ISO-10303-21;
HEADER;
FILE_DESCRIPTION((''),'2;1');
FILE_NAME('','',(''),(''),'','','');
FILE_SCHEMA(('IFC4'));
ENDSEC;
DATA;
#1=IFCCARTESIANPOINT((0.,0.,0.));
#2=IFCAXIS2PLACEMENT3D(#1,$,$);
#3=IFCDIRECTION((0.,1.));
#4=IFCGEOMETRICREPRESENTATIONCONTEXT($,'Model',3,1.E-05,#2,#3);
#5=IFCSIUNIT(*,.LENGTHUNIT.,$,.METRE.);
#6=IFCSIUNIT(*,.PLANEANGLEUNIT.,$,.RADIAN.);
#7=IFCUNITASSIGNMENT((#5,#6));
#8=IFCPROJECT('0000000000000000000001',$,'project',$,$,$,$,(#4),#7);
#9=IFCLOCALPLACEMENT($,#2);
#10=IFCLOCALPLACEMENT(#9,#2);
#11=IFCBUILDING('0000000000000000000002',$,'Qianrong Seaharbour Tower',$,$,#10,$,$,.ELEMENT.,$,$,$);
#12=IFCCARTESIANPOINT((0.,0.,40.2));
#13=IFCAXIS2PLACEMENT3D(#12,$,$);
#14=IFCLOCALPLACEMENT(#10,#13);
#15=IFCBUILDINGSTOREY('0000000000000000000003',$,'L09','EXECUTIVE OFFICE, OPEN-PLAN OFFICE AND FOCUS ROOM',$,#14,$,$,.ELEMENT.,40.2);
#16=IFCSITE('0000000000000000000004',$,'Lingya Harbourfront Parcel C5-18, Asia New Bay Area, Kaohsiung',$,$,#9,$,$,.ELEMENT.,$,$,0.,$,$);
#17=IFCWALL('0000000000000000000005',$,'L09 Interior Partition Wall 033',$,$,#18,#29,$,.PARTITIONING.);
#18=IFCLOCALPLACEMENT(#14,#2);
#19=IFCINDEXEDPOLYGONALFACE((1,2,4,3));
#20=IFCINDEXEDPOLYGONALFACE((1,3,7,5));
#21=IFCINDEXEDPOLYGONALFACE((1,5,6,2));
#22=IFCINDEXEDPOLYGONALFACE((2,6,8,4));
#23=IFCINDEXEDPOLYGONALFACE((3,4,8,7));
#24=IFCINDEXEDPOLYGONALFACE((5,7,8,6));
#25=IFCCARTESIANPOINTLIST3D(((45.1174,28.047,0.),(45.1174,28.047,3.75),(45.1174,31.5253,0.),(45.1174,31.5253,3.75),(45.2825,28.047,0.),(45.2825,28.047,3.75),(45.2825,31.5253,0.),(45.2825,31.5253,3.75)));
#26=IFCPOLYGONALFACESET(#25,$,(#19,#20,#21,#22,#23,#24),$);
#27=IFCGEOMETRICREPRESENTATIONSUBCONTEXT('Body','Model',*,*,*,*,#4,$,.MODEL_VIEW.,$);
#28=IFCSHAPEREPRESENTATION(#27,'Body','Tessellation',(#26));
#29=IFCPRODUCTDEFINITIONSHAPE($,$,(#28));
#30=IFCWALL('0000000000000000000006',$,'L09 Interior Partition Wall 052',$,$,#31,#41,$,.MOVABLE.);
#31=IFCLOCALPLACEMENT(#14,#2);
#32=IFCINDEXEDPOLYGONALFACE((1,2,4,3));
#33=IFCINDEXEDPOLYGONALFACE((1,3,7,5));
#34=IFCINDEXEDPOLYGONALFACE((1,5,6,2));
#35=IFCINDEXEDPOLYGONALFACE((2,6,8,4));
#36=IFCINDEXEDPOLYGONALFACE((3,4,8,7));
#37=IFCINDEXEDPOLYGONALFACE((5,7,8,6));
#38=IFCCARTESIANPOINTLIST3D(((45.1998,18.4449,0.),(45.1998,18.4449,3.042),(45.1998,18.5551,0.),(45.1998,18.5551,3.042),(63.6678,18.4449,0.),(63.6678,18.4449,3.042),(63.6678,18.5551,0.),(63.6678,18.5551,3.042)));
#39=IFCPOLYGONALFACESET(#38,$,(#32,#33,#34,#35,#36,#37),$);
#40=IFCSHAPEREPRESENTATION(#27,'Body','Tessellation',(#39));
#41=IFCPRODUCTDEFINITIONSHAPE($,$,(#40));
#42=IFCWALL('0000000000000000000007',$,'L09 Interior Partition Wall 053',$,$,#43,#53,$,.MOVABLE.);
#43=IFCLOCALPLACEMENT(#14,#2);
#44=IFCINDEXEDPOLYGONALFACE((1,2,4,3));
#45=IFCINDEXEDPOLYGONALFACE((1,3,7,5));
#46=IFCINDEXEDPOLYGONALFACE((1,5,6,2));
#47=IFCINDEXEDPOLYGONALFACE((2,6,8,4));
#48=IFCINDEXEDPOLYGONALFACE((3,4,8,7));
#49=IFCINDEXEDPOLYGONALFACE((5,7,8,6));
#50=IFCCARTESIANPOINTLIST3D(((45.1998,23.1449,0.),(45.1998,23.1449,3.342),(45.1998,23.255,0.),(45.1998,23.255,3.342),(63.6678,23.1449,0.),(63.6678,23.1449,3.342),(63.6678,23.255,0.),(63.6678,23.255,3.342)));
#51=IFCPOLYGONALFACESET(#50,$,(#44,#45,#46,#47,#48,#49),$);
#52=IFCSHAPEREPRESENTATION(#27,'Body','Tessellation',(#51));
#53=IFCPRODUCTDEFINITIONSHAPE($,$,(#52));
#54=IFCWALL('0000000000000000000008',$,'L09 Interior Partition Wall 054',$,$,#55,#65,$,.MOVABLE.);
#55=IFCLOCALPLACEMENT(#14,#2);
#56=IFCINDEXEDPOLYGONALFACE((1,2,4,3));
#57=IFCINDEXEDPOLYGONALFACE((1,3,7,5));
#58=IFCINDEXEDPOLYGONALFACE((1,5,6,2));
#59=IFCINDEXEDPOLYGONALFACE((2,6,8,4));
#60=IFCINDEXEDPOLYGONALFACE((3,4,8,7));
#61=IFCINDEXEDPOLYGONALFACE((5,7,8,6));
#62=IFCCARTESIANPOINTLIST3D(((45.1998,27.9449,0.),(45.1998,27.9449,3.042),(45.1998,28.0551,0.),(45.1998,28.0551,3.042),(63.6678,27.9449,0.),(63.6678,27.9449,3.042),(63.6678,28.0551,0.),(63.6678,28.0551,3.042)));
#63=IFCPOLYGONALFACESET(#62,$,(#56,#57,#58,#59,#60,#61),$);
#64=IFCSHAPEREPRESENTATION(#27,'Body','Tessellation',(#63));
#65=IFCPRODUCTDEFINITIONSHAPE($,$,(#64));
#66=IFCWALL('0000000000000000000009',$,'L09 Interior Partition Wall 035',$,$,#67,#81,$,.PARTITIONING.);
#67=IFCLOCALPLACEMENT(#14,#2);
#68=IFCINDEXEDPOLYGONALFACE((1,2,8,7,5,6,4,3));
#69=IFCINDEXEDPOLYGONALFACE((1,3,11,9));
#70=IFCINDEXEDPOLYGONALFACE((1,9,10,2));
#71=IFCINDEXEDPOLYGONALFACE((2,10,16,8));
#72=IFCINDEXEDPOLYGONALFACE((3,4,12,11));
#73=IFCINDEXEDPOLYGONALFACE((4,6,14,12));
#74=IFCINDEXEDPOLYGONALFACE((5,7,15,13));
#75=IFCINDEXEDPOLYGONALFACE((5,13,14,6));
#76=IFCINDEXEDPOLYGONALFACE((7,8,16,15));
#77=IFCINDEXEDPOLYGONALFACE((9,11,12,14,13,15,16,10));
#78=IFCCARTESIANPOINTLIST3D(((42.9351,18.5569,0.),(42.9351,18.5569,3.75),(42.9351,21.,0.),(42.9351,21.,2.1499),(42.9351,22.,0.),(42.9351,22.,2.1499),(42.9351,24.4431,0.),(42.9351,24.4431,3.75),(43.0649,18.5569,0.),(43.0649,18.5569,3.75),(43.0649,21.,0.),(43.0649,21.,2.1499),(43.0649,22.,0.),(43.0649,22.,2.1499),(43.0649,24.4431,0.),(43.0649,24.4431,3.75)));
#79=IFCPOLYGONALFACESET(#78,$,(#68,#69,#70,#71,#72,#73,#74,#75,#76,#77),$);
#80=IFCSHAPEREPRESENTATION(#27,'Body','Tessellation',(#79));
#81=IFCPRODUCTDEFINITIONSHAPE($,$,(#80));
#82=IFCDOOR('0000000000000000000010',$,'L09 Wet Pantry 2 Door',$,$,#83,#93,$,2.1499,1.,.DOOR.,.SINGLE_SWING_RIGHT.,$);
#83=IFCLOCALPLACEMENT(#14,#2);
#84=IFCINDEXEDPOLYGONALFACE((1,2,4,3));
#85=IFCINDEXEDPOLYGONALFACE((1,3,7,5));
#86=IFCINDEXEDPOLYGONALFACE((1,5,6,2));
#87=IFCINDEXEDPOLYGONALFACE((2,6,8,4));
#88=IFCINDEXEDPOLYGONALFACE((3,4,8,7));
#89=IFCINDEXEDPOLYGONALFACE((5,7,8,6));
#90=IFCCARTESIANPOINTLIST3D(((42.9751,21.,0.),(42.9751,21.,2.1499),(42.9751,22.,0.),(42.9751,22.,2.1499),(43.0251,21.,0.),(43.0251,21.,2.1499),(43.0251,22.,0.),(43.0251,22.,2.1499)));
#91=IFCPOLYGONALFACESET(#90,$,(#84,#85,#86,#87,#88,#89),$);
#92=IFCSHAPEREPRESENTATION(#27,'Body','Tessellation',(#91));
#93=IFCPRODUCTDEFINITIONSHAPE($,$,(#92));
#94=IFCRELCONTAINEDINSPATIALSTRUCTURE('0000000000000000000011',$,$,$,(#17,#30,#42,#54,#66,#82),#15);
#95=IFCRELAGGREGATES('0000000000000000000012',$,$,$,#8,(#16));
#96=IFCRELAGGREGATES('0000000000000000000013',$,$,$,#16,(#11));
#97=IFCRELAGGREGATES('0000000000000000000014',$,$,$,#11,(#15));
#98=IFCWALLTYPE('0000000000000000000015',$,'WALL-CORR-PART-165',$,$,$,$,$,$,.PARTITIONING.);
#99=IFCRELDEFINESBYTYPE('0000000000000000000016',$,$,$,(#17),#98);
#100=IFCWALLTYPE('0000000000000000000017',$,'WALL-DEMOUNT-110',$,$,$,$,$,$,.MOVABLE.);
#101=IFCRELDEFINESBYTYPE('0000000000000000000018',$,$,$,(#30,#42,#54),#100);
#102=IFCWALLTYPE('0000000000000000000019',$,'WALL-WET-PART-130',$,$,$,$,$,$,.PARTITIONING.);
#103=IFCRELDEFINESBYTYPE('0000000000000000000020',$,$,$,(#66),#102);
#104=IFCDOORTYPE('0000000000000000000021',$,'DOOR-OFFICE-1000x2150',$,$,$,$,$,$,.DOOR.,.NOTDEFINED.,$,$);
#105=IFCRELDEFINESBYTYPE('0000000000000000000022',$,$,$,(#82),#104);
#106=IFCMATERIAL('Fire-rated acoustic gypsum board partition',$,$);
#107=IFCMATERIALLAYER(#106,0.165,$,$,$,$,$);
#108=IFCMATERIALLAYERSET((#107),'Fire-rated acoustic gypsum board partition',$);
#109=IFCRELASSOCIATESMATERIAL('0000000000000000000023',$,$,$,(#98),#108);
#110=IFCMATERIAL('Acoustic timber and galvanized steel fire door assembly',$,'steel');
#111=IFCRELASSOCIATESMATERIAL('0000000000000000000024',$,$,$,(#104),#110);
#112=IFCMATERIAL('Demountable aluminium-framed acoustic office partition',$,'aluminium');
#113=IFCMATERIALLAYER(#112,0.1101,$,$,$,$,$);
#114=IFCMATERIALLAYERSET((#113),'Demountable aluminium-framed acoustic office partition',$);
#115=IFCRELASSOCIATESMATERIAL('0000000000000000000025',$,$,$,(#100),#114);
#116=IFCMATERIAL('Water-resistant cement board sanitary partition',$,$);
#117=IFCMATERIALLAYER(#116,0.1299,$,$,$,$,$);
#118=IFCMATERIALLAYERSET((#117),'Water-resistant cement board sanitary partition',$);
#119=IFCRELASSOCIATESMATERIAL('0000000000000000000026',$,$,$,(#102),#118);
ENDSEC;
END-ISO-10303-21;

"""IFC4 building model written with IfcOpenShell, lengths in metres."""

from ifc_helpers import new_model, si_unit, direction, frame, frame_2d, origin, place, context, subcontext, project, spatial, rectangle, extrude, material, layer, layer_set, type_object, element, fill, save


model = new_model("IFC4")

# Units and contexts
model_context = context("Model", 3, precision=1e-05, world=origin(), true_north=direction((0.0, 1.0)))
body_context = subcontext(model_context, "Body", "Model", "MODEL_VIEW")
ifc_project = project(units=[si_unit("LENGTHUNIT", "METRE"), si_unit("PLANEANGLEUNIT", "RADIAN")], contexts=[model_context])

# Site, building, storey
site_placement = place(None, origin())
site = spatial("IfcSite", under=ifc_project, at=site_placement, Name="Lingya Harbourfront Parcel C5-18, Asia New Bay Area, Kaohsiung", CompositionType="ELEMENT", RefElevation=0.0)
building_placement = place(site_placement, origin())
building = spatial("IfcBuilding", under=site, at=building_placement, Name="Qianrong Seaharbour Tower", CompositionType="ELEMENT")
storey_placement = place(building_placement, frame((0.0, 0.0, 40.2)))
storey = spatial("IfcBuildingStorey", under=building, at=storey_placement, Name="L09", Description="EXECUTIVE OFFICE, OPEN-PLAN OFFICE AND FOCUS ROOM", CompositionType="ELEMENT", Elevation=40.2)

# Shared definitions
ifc_material_1 = material(Name="Fire-rated acoustic gypsum board partition")
ifc_layer_1 = layer(ifc_material_1, 0.165)
ifc_layer_set_1 = layer_set([ifc_layer_1], Name="Fire-rated acoustic gypsum board partition")
wall_type_1 = type_object("IfcWallType", Name="WALL-CORR-PART-165", PredefinedType="PARTITIONING", material=ifc_layer_set_1)

# Shared definitions
ifc_material_2 = material(Name="Acoustic timber and galvanized steel fire door assembly", Category="steel")
door_type_1 = type_object("IfcDoorType", Name="DOOR-OFFICE-1000x2150", OperationType="NOTDEFINED", PredefinedType="DOOR", material=ifc_material_2)

# Wall
wall_1_placement = place(storey_placement, frame((45.2, 31.5254, 0.0), z_axis=(0.0, 0.0, 1.0), x_axis=(0.0, -1.0, 0.0)))
element("IfcWall", 1, at=wall_1_placement, inside=storey, type_object=wall_type_1, Name="L09 Interior Partition Wall 033", PredefinedType="PARTITIONING", context=body_context, shape_type="SweptSolid", body=[
    extrude(rectangle(XDim=3.4783, YDim=0.165, at=frame_2d((1.7393, 0.0))), origin(), (0.0, 0.0, 1.0), 3.75),
])

# Walls
ifc_material_3 = material(Name="Demountable aluminium-framed acoustic office partition", Category="aluminium")
ifc_layer_2 = layer(ifc_material_3, 0.1101)
ifc_layer_set_2 = layer_set([ifc_layer_2], Name="Demountable aluminium-framed acoustic office partition")
wall_type_2 = type_object("IfcWallType", Name="WALL-DEMOUNT-110", PredefinedType="MOVABLE", material=ifc_layer_set_2)
wall_2_placement = place(storey_placement, frame((45.2, 18.5, 0.0), z_axis=(0.0, 0.0, 1.0), x_axis=(1.0, 0.0, 0.0)))
element("IfcWall", 2, at=wall_2_placement, inside=storey, type_object=wall_type_2, Name="L09 Interior Partition Wall 052", PredefinedType="MOVABLE", context=body_context, shape_type="SweptSolid", body=[
    extrude(rectangle(XDim=18.468, YDim=0.1101, at=frame_2d((9.2339, 0.0))), origin(), (0.0, 0.0, 1.0), 3.042),
])
wall_3_placement = place(storey_placement, frame((45.2, 23.2, 0.0), z_axis=(0.0, 0.0, 1.0), x_axis=(1.0, 0.0, 0.0)))
element("IfcWall", 3, at=wall_3_placement, inside=storey, type_object=wall_type_2, Name="L09 Interior Partition Wall 053", PredefinedType="MOVABLE", context=body_context, shape_type="SweptSolid", body=[
    extrude(rectangle(XDim=18.468, YDim=0.1101, at=frame_2d((9.2339, 0.0))), origin(), (0.0, 0.0, 1.0), 3.342),
])
wall_4_placement = place(storey_placement, frame((45.2, 28.0, 0.0), z_axis=(0.0, 0.0, 1.0), x_axis=(1.0, 0.0, 0.0)))
element("IfcWall", 4, at=wall_4_placement, inside=storey, type_object=wall_type_2, Name="L09 Interior Partition Wall 054", PredefinedType="MOVABLE", context=body_context, shape_type="SweptSolid", body=[
    extrude(rectangle(XDim=18.468, YDim=0.1101, at=frame_2d((9.2339, 0.0))), origin(), (0.0, 0.0, 1.0), 3.042),
])

# Wall, opening, door
ifc_material_4 = material(Name="Water-resistant cement board sanitary partition")
ifc_layer_3 = layer(ifc_material_4, 0.1299)
ifc_layer_set_3 = layer_set([ifc_layer_3], Name="Water-resistant cement board sanitary partition")
wall_type_3 = type_object("IfcWallType", Name="WALL-WET-PART-130", PredefinedType="PARTITIONING", material=ifc_layer_set_3)
wall_5_placement = place(storey_placement, frame((43.0, 18.5569, 0.0), z_axis=(0.0, 0.0, 1.0), x_axis=(0.0, 1.0, 0.0)))
wall_5 = element("IfcWall", 5, at=wall_5_placement, inside=storey, type_object=wall_type_3, Name="L09 Interior Partition Wall 035", PredefinedType="PARTITIONING", context=body_context, shape_type="SweptSolid", body=[
    extrude(rectangle(XDim=5.8862, YDim=0.1299, at=frame_2d((2.9431, 0.0))), origin(), (0.0, 0.0, 1.0), 3.75),
])
opening_1_placement = place(wall_5_placement, frame((2.4431, 0.0, 0.0)))
opening_1 = element("IfcOpeningElement", 6, at=opening_1_placement, cuts=wall_5, PredefinedType="OPENING", context=body_context, shape_type="SweptSolid", body=[
    extrude(rectangle(XDim=1.0, YDim=2.1499, at=frame_2d((0.5, 1.075))), frame((0.0, 0.075, 0.0), z_axis=(0.0, -1.0, 0.0), x_axis=(1.0, 0.0, 0.0)), (0.0, 0.0, 1.0), 0.1499),
])
door_1_placement = place(opening_1_placement, origin())
door_1 = element("IfcDoor", 7, at=door_1_placement, inside=storey, type_object=door_type_1, Name="L09 Wet Pantry 2 Door", OperationType="SINGLE_SWING_RIGHT", OverallHeight=2.1499, OverallWidth=1.0, PredefinedType="DOOR", context=body_context, shape_type="SweptSolid", body=[
    extrude(rectangle(XDim=1.0, YDim=2.1499, at=frame_2d((0.5, 1.075))), frame((0.0, 0.0249, 0.0), z_axis=(0.0, -1.0, 0.0), x_axis=(1.0, 0.0, 0.0)), (0.0, 0.0, 1.0), 0.05),
])
fill(opening_1, door_1)

save(model, "model.ifc")
